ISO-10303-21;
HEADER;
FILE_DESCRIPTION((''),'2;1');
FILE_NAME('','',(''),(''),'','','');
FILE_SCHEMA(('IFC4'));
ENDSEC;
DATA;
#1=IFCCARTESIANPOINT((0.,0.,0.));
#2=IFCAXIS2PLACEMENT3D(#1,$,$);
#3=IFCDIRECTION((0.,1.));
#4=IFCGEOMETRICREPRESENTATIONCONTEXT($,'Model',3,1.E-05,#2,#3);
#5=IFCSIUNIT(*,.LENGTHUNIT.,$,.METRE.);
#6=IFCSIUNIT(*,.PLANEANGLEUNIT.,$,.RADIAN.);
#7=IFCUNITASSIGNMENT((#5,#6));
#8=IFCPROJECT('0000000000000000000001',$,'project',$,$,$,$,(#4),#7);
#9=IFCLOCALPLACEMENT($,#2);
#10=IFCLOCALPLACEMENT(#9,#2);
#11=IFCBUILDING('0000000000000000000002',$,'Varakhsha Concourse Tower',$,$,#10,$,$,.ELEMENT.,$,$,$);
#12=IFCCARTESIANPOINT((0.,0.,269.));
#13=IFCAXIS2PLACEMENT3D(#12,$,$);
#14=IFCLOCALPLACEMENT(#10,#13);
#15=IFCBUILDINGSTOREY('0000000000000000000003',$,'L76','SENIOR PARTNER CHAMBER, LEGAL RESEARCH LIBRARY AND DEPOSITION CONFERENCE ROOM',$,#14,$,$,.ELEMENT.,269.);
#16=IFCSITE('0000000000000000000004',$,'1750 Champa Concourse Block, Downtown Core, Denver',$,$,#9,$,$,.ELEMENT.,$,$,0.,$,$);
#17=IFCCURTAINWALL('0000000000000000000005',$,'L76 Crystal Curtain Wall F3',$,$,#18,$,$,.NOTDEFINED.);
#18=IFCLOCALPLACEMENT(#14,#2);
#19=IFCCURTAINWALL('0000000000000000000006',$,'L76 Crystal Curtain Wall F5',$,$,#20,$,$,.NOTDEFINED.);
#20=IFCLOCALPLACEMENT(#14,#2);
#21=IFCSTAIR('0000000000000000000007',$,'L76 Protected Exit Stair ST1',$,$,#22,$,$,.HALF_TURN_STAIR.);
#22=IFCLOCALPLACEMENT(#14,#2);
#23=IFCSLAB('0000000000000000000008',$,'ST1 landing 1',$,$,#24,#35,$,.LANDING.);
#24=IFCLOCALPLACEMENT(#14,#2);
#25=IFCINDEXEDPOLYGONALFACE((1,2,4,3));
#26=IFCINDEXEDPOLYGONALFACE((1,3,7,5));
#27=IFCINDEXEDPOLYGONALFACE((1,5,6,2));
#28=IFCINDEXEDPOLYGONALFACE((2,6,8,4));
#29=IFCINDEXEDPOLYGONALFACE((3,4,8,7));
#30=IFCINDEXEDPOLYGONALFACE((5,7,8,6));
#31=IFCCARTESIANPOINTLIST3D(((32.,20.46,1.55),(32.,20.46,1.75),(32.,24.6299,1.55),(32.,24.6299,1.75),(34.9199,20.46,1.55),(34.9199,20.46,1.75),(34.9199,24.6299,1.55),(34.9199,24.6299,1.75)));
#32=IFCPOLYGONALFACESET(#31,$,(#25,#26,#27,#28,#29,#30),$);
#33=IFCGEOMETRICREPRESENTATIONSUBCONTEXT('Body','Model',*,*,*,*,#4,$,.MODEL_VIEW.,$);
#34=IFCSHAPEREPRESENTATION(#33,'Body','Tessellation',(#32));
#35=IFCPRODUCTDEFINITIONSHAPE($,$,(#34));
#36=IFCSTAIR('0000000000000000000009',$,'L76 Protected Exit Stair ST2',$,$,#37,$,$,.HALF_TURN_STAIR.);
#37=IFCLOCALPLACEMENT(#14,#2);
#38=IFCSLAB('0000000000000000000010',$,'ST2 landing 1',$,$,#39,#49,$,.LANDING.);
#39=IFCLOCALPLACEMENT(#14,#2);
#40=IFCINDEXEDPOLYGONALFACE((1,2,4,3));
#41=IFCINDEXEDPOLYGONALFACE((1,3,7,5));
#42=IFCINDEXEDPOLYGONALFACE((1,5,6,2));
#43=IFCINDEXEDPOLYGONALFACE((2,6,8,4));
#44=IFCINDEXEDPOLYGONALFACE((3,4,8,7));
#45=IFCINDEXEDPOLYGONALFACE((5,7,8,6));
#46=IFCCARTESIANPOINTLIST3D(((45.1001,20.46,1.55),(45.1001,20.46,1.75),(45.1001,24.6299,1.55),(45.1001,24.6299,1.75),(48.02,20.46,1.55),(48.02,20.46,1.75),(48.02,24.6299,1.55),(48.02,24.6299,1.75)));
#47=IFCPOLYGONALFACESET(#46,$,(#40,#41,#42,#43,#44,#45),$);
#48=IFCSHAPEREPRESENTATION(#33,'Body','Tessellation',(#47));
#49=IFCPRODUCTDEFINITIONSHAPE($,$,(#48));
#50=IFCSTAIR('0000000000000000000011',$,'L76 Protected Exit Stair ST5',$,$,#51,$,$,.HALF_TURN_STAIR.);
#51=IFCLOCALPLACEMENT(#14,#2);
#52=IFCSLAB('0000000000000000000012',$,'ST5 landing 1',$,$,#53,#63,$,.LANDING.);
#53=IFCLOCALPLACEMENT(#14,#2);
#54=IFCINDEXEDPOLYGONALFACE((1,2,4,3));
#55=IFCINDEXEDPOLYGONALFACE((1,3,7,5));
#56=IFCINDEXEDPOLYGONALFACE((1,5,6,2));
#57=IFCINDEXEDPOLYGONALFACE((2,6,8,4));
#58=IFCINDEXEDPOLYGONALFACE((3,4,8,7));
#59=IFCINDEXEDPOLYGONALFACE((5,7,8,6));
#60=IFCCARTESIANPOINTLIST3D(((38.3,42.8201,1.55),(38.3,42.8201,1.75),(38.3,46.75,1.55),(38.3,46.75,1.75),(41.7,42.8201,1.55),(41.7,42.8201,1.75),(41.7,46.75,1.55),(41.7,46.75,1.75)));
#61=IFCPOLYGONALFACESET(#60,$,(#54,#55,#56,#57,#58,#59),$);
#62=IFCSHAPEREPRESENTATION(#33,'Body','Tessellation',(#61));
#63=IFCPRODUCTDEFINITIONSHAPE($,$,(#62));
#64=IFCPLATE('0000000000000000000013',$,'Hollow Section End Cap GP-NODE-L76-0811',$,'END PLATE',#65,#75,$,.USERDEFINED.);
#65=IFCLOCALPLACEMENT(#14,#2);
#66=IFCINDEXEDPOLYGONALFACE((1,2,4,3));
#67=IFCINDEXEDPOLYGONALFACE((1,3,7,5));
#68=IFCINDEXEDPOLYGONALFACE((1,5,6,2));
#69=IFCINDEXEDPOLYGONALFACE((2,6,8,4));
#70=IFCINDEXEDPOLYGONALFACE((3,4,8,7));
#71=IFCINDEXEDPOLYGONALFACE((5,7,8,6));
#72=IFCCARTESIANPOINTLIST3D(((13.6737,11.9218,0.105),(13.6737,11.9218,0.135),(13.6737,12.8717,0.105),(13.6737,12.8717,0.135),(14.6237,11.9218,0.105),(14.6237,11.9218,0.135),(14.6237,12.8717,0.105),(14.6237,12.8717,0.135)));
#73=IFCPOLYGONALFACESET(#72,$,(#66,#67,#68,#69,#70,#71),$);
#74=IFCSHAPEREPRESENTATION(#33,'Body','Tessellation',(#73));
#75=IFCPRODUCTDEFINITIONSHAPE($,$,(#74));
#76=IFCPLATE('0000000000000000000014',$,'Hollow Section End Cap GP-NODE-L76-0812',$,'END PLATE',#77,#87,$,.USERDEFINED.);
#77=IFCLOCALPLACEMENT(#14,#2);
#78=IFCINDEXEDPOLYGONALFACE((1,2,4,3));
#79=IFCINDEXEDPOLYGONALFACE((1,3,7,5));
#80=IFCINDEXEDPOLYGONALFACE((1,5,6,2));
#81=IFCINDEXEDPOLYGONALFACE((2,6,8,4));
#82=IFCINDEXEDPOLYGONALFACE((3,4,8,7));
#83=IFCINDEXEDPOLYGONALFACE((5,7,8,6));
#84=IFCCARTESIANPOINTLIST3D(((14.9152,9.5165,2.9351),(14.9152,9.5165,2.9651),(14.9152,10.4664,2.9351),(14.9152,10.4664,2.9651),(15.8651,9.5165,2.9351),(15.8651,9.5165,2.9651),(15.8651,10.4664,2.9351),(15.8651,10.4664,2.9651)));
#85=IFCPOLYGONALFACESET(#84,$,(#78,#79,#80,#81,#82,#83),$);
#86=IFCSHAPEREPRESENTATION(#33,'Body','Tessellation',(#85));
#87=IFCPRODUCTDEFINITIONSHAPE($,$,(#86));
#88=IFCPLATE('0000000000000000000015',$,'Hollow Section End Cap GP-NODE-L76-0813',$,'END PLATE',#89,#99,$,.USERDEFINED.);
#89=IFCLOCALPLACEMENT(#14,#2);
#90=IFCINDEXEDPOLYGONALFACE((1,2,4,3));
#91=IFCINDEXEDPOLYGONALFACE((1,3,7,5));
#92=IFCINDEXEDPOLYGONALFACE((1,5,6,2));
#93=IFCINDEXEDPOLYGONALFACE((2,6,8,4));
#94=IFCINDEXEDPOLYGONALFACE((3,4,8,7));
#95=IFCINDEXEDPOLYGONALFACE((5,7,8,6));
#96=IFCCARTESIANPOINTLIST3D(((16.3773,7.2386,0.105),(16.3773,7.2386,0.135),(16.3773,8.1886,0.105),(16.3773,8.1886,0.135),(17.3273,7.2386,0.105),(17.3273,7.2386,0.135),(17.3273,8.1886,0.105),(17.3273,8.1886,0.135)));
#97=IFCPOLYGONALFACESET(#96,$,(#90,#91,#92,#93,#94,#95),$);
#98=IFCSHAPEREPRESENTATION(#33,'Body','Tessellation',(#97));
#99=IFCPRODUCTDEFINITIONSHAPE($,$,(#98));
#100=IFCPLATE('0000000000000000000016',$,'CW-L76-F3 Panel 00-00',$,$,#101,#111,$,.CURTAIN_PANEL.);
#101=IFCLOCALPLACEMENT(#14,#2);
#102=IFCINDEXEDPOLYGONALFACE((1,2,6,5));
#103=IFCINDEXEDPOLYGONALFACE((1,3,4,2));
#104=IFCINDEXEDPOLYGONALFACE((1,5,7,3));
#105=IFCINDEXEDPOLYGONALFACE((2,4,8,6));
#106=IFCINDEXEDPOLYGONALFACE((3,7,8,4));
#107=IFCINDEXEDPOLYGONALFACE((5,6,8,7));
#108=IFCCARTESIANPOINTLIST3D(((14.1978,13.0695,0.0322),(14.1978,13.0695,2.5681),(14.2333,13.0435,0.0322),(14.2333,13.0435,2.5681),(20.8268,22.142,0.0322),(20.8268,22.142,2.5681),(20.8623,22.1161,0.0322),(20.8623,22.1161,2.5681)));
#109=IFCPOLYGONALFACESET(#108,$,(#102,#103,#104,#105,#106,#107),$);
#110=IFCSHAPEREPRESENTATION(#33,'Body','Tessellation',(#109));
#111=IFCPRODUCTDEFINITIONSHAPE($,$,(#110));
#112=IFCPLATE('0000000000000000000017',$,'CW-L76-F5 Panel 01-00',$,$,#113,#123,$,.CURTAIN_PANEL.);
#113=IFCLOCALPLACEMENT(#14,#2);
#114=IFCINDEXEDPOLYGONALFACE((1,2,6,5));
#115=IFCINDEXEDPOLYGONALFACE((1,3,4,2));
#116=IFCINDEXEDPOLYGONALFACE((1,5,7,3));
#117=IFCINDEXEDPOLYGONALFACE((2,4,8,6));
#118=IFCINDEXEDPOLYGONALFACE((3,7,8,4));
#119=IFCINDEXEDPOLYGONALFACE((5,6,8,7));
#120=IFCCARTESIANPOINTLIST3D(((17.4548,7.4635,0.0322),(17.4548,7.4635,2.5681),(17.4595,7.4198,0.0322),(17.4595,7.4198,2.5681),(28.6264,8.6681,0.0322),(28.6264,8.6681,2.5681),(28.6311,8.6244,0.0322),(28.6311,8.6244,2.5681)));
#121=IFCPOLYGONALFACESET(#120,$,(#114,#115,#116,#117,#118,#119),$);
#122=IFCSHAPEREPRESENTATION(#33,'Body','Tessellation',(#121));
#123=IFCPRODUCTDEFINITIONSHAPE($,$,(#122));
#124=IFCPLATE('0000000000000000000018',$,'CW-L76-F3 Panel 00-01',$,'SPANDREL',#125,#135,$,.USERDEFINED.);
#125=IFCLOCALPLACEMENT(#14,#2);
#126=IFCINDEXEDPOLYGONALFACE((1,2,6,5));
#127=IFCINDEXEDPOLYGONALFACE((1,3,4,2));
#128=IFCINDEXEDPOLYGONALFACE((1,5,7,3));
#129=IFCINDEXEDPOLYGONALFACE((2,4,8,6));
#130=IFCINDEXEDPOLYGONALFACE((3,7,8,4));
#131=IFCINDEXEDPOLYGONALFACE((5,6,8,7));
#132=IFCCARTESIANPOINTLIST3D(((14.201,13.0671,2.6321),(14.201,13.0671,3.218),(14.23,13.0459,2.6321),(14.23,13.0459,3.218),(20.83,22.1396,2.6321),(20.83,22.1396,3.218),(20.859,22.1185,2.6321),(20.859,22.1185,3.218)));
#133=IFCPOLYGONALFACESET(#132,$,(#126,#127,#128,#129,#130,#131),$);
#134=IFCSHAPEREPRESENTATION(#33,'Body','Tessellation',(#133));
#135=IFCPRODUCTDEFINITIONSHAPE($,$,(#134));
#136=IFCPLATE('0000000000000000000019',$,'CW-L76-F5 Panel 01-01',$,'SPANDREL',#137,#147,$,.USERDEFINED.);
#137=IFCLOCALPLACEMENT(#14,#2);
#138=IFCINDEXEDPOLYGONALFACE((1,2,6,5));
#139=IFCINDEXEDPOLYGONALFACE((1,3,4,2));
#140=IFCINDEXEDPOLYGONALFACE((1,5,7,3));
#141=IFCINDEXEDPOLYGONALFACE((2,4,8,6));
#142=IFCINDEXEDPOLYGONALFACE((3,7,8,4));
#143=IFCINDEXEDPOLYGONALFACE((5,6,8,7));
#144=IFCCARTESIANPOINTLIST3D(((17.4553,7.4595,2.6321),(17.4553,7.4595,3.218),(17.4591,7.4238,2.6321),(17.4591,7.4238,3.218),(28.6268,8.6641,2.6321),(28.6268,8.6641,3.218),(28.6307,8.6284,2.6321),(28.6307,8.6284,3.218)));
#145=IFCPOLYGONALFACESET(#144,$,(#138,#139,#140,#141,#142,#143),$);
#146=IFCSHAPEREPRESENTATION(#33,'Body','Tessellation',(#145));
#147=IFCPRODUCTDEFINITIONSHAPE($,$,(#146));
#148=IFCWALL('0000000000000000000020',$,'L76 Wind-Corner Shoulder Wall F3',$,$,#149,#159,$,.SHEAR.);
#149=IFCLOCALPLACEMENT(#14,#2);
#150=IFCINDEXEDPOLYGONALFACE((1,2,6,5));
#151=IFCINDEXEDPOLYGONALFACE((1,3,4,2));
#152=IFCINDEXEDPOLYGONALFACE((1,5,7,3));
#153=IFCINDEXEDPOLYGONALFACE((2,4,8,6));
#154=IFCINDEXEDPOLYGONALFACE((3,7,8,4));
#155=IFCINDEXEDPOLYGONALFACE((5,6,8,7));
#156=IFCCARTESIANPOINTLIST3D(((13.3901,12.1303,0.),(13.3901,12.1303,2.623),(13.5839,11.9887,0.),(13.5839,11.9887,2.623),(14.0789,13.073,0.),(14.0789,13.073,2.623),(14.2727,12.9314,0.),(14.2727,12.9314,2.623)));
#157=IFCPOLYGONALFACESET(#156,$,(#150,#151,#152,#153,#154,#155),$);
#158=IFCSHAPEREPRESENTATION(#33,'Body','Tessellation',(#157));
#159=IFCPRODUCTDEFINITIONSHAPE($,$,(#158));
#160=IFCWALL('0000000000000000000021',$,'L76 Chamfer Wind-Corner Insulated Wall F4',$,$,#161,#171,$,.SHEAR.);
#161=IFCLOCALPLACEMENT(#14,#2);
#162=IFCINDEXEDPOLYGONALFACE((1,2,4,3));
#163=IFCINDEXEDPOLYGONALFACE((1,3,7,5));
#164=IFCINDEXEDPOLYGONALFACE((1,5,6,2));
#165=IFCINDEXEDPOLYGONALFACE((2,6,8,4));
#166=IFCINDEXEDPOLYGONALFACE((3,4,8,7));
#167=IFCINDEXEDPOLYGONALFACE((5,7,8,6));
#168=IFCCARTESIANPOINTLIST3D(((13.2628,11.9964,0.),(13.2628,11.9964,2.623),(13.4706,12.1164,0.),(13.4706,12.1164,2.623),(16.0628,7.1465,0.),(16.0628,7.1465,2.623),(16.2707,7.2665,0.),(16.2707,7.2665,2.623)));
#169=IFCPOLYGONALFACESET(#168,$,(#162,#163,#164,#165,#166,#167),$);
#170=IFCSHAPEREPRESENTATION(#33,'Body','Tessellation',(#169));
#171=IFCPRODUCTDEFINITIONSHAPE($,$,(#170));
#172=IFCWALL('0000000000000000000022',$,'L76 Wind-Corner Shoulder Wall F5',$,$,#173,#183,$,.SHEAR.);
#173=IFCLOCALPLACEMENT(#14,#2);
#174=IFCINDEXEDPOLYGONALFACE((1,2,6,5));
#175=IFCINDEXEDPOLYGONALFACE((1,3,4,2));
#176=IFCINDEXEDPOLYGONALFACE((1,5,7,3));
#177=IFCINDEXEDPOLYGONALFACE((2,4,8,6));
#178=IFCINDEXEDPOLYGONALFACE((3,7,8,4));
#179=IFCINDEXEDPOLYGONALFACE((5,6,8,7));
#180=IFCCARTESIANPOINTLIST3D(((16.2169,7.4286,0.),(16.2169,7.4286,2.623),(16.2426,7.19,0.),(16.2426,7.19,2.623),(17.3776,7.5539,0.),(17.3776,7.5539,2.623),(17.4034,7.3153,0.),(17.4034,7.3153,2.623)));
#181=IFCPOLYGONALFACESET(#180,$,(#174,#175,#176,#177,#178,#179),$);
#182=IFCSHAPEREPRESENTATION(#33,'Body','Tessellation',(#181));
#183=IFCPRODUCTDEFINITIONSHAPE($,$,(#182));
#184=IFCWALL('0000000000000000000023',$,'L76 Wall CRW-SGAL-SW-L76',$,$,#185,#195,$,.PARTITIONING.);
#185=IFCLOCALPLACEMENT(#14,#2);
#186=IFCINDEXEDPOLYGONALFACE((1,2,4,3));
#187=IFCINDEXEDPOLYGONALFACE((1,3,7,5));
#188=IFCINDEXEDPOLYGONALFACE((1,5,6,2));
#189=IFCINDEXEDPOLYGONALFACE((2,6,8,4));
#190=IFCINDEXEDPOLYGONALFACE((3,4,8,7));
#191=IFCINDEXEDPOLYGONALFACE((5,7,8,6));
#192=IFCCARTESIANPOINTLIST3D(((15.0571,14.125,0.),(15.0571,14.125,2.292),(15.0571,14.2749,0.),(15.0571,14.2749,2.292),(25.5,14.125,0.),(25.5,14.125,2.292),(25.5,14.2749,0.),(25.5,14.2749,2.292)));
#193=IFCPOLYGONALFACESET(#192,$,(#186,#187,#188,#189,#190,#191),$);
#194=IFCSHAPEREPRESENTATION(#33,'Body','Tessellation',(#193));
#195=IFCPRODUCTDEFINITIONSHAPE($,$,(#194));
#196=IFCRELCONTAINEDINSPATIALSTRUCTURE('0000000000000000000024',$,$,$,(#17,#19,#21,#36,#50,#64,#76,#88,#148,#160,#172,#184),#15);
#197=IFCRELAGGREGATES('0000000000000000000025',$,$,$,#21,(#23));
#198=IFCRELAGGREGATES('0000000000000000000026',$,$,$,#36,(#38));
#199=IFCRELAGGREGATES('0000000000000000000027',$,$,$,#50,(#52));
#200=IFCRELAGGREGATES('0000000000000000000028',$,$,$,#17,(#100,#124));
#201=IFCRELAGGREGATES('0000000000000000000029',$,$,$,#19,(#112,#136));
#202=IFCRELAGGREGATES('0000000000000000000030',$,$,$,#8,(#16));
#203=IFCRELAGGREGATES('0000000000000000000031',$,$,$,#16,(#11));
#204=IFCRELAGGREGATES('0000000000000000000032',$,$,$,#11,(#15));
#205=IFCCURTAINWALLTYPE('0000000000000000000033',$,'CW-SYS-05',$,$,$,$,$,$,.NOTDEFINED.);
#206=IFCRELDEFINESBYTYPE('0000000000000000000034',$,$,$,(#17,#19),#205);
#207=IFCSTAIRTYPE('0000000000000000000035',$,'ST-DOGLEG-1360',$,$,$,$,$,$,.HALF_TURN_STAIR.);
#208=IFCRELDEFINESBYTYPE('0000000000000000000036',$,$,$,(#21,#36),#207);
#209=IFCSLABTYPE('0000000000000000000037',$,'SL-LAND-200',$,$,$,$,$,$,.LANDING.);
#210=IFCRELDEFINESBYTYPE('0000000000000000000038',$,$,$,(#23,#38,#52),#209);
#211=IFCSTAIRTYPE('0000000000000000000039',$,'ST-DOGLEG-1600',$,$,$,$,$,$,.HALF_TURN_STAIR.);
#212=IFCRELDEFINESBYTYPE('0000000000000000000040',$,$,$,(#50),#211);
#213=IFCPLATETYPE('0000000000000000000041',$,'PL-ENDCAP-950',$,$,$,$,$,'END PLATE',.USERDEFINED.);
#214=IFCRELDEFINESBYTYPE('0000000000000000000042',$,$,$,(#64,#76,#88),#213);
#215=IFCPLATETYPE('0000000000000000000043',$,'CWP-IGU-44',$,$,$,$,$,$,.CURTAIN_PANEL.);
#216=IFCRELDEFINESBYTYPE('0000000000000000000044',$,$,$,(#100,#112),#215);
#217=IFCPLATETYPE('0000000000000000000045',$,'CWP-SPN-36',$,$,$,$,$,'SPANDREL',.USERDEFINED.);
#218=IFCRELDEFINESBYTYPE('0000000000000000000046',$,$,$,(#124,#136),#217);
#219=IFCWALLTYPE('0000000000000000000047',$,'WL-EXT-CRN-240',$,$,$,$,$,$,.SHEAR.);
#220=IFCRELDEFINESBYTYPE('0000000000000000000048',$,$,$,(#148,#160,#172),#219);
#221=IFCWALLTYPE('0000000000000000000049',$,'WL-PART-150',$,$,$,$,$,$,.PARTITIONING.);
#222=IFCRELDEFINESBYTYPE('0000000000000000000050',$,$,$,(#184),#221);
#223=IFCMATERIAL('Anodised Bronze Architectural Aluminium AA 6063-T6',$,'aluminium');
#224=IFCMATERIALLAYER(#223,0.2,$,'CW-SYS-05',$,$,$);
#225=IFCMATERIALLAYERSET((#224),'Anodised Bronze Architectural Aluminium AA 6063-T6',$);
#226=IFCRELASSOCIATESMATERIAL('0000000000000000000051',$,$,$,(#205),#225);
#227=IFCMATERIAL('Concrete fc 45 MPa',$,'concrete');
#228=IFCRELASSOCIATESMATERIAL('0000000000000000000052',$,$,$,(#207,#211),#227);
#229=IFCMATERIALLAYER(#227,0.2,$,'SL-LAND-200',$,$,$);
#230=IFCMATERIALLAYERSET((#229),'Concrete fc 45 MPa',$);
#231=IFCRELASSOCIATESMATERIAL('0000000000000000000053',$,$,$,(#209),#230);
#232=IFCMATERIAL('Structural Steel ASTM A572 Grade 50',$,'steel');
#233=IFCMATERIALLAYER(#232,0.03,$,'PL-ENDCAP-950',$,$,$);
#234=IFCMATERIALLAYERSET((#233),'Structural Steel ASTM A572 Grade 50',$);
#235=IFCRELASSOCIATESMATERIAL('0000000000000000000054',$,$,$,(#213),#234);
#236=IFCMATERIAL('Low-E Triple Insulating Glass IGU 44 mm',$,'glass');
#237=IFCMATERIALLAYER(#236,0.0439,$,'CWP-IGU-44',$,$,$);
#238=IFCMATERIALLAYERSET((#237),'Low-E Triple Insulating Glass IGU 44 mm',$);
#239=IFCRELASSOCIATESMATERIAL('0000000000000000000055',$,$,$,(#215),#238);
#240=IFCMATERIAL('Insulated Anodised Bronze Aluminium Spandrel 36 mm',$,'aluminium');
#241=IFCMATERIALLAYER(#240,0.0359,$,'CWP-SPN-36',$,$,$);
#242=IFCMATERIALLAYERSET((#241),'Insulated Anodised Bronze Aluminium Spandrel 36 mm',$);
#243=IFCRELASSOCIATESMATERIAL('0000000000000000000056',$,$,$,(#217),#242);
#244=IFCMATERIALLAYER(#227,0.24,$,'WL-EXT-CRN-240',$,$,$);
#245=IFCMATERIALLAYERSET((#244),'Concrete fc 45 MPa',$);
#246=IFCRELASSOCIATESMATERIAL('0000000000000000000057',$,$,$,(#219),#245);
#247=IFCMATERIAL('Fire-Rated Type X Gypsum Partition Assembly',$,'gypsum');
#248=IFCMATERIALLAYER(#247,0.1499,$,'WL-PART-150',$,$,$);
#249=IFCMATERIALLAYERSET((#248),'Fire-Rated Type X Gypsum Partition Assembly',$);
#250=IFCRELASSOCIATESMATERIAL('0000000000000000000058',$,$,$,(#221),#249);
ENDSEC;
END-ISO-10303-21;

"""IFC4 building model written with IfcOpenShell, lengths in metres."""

from ifc_helpers import new_model, si_unit, direction, frame, frame_2d, origin, origin_2d, place, context, subcontext, project, spatial, polyline, rectangle, outline, extrude, source, transform, mapped, material, layer, layer_set, type_object, type_shapes, element, aggregate, save


model = new_model("IFC4")

# Units and contexts
model_context = context("Model", 3, precision=1e-05, world=origin(), true_north=direction((0.0, 1.0)))
body_context = subcontext(model_context, "Body", "Model", "MODEL_VIEW")
ifc_project = project(units=[si_unit("LENGTHUNIT", "METRE"), si_unit("PLANEANGLEUNIT", "RADIAN")], contexts=[model_context])

# Site, building, storey
site_placement = place(None, origin())
site = spatial("IfcSite", under=ifc_project, at=site_placement, Name="1750 Champa Concourse Block, Downtown Core, Denver", CompositionType="ELEMENT", RefElevation=0.0)
building_placement = place(site_placement, origin())
building = spatial("IfcBuilding", under=site, at=building_placement, Name="Varakhsha Concourse Tower", CompositionType="ELEMENT")
storey_placement = place(building_placement, frame((0.0, 0.0, 269.0)))
storey = spatial("IfcBuildingStorey", under=building, at=storey_placement, Name="L76", Description="SENIOR PARTNER CHAMBER, LEGAL RESEARCH LIBRARY AND DEPOSITION CONFERENCE ROOM", CompositionType="ELEMENT", Elevation=269.0)

# Shared definitions
ifc_material_1 = material(Name="Structural Steel ASTM A572 Grade 50", Category="steel")

# Curtain walls
ifc_material_2 = material(Name="Anodised Bronze Architectural Aluminium AA 6063-T6", Category="aluminium")
ifc_layer_1 = layer(ifc_material_2, 0.2, Name="CW-SYS-05")
ifc_layer_set_1 = layer_set([ifc_layer_1], Name="Anodised Bronze Architectural Aluminium AA 6063-T6")
curtain_wall_type = type_object("IfcCurtainWallType", Name="CW-SYS-05", PredefinedType="NOTDEFINED", material=ifc_layer_set_1)
curtain_wall_1_placement = place(storey_placement, origin())
curtain_wall_1 = element("IfcCurtainWall", 1, at=curtain_wall_1_placement, inside=storey, type_object=curtain_wall_type, Name="L76 Crystal Curtain Wall F3", PredefinedType="NOTDEFINED")
curtain_wall_2_placement = place(storey_placement, origin())
curtain_wall_2 = element("IfcCurtainWall", 2, at=curtain_wall_2_placement, inside=storey, type_object=curtain_wall_type, Name="L76 Crystal Curtain Wall F5", PredefinedType="NOTDEFINED")

# Shared definitions
ifc_material_3 = material(Name="Concrete fc 45 MPa", Category="concrete")

# Stairs, slabs
stair_type_1 = type_object("IfcStairType", Name="ST-DOGLEG-1360", PredefinedType="HALF_TURN_STAIR", material=ifc_material_3)
stair_1_placement = place(storey_placement, origin())
stair_1 = element("IfcStair", 3, at=stair_1_placement, inside=storey, type_object=stair_type_1, Name="L76 Protected Exit Stair ST1", PredefinedType="HALF_TURN_STAIR")
ifc_layer_2 = layer(ifc_material_3, 0.2, Name="SL-LAND-200")
ifc_layer_set_2 = layer_set([ifc_layer_2], Name="Concrete fc 45 MPa")
slab_type_1 = type_object("IfcSlabType", Name="SL-LAND-200", PredefinedType="LANDING", material=ifc_layer_set_2)
slab_1_placement = place(storey_placement, frame((0.0, 0.0, 1.55)))
slab_1 = element("IfcSlab", 4, at=slab_1_placement, type_object=slab_type_1, Name="ST1 landing 1", PredefinedType="LANDING", context=body_context, shape_type="SweptSolid", body=[
    extrude(outline(polyline([(34.9199, 20.46), (34.9199, 24.6299), (32.0, 24.6299), (32.0, 20.46), (34.9199, 20.46)])), origin(), (0.0, 0.0, 1.0), 0.2),
])
aggregate(stair_1, [slab_1])
stair_2_placement = place(storey_placement, origin())
stair_2 = element("IfcStair", 5, at=stair_2_placement, inside=storey, type_object=stair_type_1, Name="L76 Protected Exit Stair ST2", PredefinedType="HALF_TURN_STAIR")
slab_2_placement = place(storey_placement, frame((0.0, 0.0, 1.55)))
slab_2 = element("IfcSlab", 6, at=slab_2_placement, type_object=slab_type_1, Name="ST2 landing 1", PredefinedType="LANDING", context=body_context, shape_type="SweptSolid", body=[
    extrude(outline(polyline([(48.02, 20.46), (48.02, 24.6299), (45.1001, 24.6299), (45.1001, 20.46), (48.02, 20.46)])), origin(), (0.0, 0.0, 1.0), 0.2),
])
aggregate(stair_2, [slab_2])
stair_type_2 = type_object("IfcStairType", Name="ST-DOGLEG-1600", PredefinedType="HALF_TURN_STAIR", material=ifc_material_3)
stair_3_placement = place(storey_placement, origin())
stair_3 = element("IfcStair", 7, at=stair_3_placement, inside=storey, type_object=stair_type_2, Name="L76 Protected Exit Stair ST5", PredefinedType="HALF_TURN_STAIR")
slab_3_placement = place(storey_placement, frame((0.0, 0.0, 1.55)))
slab_3 = element("IfcSlab", 8, at=slab_3_placement, type_object=slab_type_1, Name="ST5 landing 1", PredefinedType="LANDING", context=body_context, shape_type="SweptSolid", body=[
    extrude(outline(polyline([(41.7, 42.8201), (41.7, 46.75), (38.3, 46.75), (38.3, 42.8201), (41.7, 42.8201)])), origin(), (0.0, 0.0, 1.0), 0.2),
])
aggregate(stair_3, [slab_3])

# Plates
ifc_layer_3 = layer(ifc_material_1, 0.03, Name="PL-ENDCAP-950")
ifc_layer_set_3 = layer_set([ifc_layer_3], Name="Structural Steel ASTM A572 Grade 50")
plate_type_1 = type_object("IfcPlateType", Name="PL-ENDCAP-950", ElementType="END PLATE", PredefinedType="USERDEFINED", material=ifc_layer_set_3)
shared_shape_1 = source(origin(), body_context, "Body", "SweptSolid", [
    extrude(rectangle(XDim=0.95, YDim=0.95, at=origin_2d()), origin(), (0.0, 0.0, 1.0), 0.03),
])
type_shapes(plate_type_1, [shared_shape_1])
for number, where, z_axis, x_axis, name in (
    (9, (14.1487, 12.3967, 0.105), (0.0, 0.0, 1.0), (1.0, 0.0, 0.0), "Hollow Section End Cap GP-NODE-L76-0811"),
    (10, (15.3901, 9.9915, 2.9351), (0.0, 0.0, 1.0), (1.0, 0.0, 0.0), "Hollow Section End Cap GP-NODE-L76-0812"),
    (11, (16.8523, 7.7136, 0.105), (0.0, 0.0, 1.0), (1.0, 0.0, 0.0), "Hollow Section End Cap GP-NODE-L76-0813"),
):
    element("IfcPlate", number, at=place(storey_placement, frame(where, z_axis=z_axis, x_axis=x_axis)), inside=storey, type_object=plate_type_1, Name=name, ObjectType="END PLATE", PredefinedType="USERDEFINED", context=body_context, shape_type="MappedRepresentation", body=[
        mapped(shared_shape_1, transform((0.0, 0.0, 0.0), scale=1.0)),
    ])

# Plates
ifc_material_4 = material(Name="Low-E Triple Insulating Glass IGU 44 mm", Category="glass")
ifc_layer_4 = layer(ifc_material_4, 0.0439, Name="CWP-IGU-44")
ifc_layer_set_4 = layer_set([ifc_layer_4], Name="Low-E Triple Insulating Glass IGU 44 mm")
plate_type_2 = type_object("IfcPlateType", Name="CWP-IGU-44", PredefinedType="CURTAIN_PANEL", material=ifc_layer_set_4)
shared_shape_2 = source(origin(), body_context, "Body", "SweptSolid", [
    extrude(rectangle(XDim=11.2363, YDim=0.0439, at=origin_2d()), origin(), (0.0, 0.0, 1.0), 2.5359),
])
type_shapes(plate_type_2, [shared_shape_2])
plate_1_placement = place(storey_placement, frame((17.53, 17.5928, 0.0322), z_axis=(0.0, 0.0, 1.0), x_axis=(0.58996, 0.807432, 0.0)))
plate_1 = element("IfcPlate", 12, at=plate_1_placement, type_object=plate_type_2, Name="CW-L76-F3 Panel 00-00", PredefinedType="CURTAIN_PANEL", context=body_context, shape_type="MappedRepresentation", body=[
    mapped(shared_shape_2, transform((0.0, 0.0, 0.0), scale=1.0)),
])
plate_2_placement = place(storey_placement, frame((23.043, 8.0439, 0.0322), z_axis=(0.0, 0.0, 1.0), x_axis=(-0.994236, -0.10721, 0.0)))
plate_2 = element("IfcPlate", 13, at=plate_2_placement, type_object=plate_type_2, Name="CW-L76-F5 Panel 01-00", PredefinedType="CURTAIN_PANEL", context=body_context, shape_type="MappedRepresentation", body=[
    mapped(shared_shape_2, transform((0.0, 0.0, 0.0), scale=1.0)),
])
ifc_material_5 = material(Name="Insulated Anodised Bronze Aluminium Spandrel 36 mm", Category="aluminium")
ifc_layer_5 = layer(ifc_material_5, 0.0359, Name="CWP-SPN-36")
ifc_layer_set_5 = layer_set([ifc_layer_5], Name="Insulated Anodised Bronze Aluminium Spandrel 36 mm")
plate_type_3 = type_object("IfcPlateType", Name="CWP-SPN-36", ElementType="SPANDREL", PredefinedType="USERDEFINED", material=ifc_layer_set_5)
shared_shape_3 = source(origin(), body_context, "Body", "SweptSolid", [
    extrude(rectangle(XDim=11.2363, YDim=0.0359, at=origin_2d()), origin(), (0.0, 0.0, 1.0), 0.5859),
])
type_shapes(plate_type_3, [shared_shape_3])
plate_3_placement = place(storey_placement, frame((17.53, 17.5928, 2.6321), z_axis=(0.0, 0.0, 1.0), x_axis=(0.58996, 0.807432, 0.0)))
plate_3 = element("IfcPlate", 14, at=plate_3_placement, type_object=plate_type_3, Name="CW-L76-F3 Panel 00-01", ObjectType="SPANDREL", PredefinedType="USERDEFINED", context=body_context, shape_type="MappedRepresentation", body=[
    mapped(shared_shape_3, transform((0.0, 0.0, 0.0), scale=1.0)),
])
aggregate(curtain_wall_1, [plate_1, plate_3])
plate_4_placement = place(storey_placement, frame((23.043, 8.0439, 2.6321), z_axis=(0.0, 0.0, 1.0), x_axis=(-0.994236, -0.10721, 0.0)))
plate_4 = element("IfcPlate", 15, at=plate_4_placement, type_object=plate_type_3, Name="CW-L76-F5 Panel 01-01", ObjectType="SPANDREL", PredefinedType="USERDEFINED", context=body_context, shape_type="MappedRepresentation", body=[
    mapped(shared_shape_3, transform((0.0, 0.0, 0.0), scale=1.0)),
])
aggregate(curtain_wall_2, [plate_2, plate_4])

# Walls
ifc_layer_6 = layer(ifc_material_3, 0.24, Name="WL-EXT-CRN-240")
ifc_layer_set_6 = layer_set([ifc_layer_6], Name="Concrete fc 45 MPa")
wall_type_1 = type_object("IfcWallType", Name="WL-EXT-CRN-240", PredefinedType="SHEAR", material=ifc_layer_set_6)
wall_1_placement = place(storey_placement, frame((14.1758, 13.0022, 0.0), z_axis=(0.0, 0.0, 1.0), x_axis=(-0.589948, -0.807441, 0.0)))
element("IfcWall", 16, at=wall_1_placement, inside=storey, type_object=wall_type_1, Name="L76 Wind-Corner Shoulder Wall F3", PredefinedType="SHEAR", context=body_context, shape_type="SweptSolid", body=[
    extrude(rectangle(XDim=1.1675, YDim=0.24, at=frame_2d((0.5837, 0.0))), origin(), (0.0, 0.0, 1.0), 2.623),
])
wall_2_placement = place(storey_placement, frame((16.1667, 7.2065, 0.0), z_axis=(0.0, 0.0, 1.0), x_axis=(-0.499998, 0.866027, 0.0)))
element("IfcWall", 17, at=wall_2_placement, inside=storey, type_object=wall_type_1, Name="L76 Chamfer Wind-Corner Insulated Wall F4", PredefinedType="SHEAR", context=body_context, shape_type="SweptSolid", body=[
    extrude(rectangle(XDim=5.6001, YDim=0.24, at=frame_2d((2.8, 0.0))), origin(), (0.0, 0.0, 1.0), 2.623),
])
wall_3_placement = place(storey_placement, frame((16.2297, 7.3093, 0.0), z_axis=(0.0, 0.0, 1.0), x_axis=(0.994228, 0.107286, 0.0)))
element("IfcWall", 18, at=wall_3_placement, inside=storey, type_object=wall_type_1, Name="L76 Wind-Corner Shoulder Wall F5", PredefinedType="SHEAR", context=body_context, shape_type="SweptSolid", body=[
    extrude(rectangle(XDim=1.1675, YDim=0.24, at=frame_2d((0.5837, 0.0))), origin(), (0.0, 0.0, 1.0), 2.623),
])
ifc_material_6 = material(Name="Fire-Rated Type X Gypsum Partition Assembly", Category="gypsum")
ifc_layer_7 = layer(ifc_material_6, 0.1499, Name="WL-PART-150")
ifc_layer_set_7 = layer_set([ifc_layer_7], Name="Fire-Rated Type X Gypsum Partition Assembly")
wall_type_2 = type_object("IfcWallType", Name="WL-PART-150", PredefinedType="PARTITIONING", material=ifc_layer_set_7)
wall_4_placement = place(storey_placement, frame((15.0571, 14.2, 0.0), z_axis=(0.0, 0.0, 1.0), x_axis=(1.0, 0.0, 0.0)))
element("IfcWall", 19, at=wall_4_placement, inside=storey, type_object=wall_type_2, Name="L76 Wall CRW-SGAL-SW-L76", PredefinedType="PARTITIONING", context=body_context, shape_type="SweptSolid", body=[
    extrude(rectangle(XDim=10.4429, YDim=0.1499, at=frame_2d((5.2214, 0.0))), origin(), (0.0, 0.0, 1.0), 2.292),
])

save(model, "model.ifc")
